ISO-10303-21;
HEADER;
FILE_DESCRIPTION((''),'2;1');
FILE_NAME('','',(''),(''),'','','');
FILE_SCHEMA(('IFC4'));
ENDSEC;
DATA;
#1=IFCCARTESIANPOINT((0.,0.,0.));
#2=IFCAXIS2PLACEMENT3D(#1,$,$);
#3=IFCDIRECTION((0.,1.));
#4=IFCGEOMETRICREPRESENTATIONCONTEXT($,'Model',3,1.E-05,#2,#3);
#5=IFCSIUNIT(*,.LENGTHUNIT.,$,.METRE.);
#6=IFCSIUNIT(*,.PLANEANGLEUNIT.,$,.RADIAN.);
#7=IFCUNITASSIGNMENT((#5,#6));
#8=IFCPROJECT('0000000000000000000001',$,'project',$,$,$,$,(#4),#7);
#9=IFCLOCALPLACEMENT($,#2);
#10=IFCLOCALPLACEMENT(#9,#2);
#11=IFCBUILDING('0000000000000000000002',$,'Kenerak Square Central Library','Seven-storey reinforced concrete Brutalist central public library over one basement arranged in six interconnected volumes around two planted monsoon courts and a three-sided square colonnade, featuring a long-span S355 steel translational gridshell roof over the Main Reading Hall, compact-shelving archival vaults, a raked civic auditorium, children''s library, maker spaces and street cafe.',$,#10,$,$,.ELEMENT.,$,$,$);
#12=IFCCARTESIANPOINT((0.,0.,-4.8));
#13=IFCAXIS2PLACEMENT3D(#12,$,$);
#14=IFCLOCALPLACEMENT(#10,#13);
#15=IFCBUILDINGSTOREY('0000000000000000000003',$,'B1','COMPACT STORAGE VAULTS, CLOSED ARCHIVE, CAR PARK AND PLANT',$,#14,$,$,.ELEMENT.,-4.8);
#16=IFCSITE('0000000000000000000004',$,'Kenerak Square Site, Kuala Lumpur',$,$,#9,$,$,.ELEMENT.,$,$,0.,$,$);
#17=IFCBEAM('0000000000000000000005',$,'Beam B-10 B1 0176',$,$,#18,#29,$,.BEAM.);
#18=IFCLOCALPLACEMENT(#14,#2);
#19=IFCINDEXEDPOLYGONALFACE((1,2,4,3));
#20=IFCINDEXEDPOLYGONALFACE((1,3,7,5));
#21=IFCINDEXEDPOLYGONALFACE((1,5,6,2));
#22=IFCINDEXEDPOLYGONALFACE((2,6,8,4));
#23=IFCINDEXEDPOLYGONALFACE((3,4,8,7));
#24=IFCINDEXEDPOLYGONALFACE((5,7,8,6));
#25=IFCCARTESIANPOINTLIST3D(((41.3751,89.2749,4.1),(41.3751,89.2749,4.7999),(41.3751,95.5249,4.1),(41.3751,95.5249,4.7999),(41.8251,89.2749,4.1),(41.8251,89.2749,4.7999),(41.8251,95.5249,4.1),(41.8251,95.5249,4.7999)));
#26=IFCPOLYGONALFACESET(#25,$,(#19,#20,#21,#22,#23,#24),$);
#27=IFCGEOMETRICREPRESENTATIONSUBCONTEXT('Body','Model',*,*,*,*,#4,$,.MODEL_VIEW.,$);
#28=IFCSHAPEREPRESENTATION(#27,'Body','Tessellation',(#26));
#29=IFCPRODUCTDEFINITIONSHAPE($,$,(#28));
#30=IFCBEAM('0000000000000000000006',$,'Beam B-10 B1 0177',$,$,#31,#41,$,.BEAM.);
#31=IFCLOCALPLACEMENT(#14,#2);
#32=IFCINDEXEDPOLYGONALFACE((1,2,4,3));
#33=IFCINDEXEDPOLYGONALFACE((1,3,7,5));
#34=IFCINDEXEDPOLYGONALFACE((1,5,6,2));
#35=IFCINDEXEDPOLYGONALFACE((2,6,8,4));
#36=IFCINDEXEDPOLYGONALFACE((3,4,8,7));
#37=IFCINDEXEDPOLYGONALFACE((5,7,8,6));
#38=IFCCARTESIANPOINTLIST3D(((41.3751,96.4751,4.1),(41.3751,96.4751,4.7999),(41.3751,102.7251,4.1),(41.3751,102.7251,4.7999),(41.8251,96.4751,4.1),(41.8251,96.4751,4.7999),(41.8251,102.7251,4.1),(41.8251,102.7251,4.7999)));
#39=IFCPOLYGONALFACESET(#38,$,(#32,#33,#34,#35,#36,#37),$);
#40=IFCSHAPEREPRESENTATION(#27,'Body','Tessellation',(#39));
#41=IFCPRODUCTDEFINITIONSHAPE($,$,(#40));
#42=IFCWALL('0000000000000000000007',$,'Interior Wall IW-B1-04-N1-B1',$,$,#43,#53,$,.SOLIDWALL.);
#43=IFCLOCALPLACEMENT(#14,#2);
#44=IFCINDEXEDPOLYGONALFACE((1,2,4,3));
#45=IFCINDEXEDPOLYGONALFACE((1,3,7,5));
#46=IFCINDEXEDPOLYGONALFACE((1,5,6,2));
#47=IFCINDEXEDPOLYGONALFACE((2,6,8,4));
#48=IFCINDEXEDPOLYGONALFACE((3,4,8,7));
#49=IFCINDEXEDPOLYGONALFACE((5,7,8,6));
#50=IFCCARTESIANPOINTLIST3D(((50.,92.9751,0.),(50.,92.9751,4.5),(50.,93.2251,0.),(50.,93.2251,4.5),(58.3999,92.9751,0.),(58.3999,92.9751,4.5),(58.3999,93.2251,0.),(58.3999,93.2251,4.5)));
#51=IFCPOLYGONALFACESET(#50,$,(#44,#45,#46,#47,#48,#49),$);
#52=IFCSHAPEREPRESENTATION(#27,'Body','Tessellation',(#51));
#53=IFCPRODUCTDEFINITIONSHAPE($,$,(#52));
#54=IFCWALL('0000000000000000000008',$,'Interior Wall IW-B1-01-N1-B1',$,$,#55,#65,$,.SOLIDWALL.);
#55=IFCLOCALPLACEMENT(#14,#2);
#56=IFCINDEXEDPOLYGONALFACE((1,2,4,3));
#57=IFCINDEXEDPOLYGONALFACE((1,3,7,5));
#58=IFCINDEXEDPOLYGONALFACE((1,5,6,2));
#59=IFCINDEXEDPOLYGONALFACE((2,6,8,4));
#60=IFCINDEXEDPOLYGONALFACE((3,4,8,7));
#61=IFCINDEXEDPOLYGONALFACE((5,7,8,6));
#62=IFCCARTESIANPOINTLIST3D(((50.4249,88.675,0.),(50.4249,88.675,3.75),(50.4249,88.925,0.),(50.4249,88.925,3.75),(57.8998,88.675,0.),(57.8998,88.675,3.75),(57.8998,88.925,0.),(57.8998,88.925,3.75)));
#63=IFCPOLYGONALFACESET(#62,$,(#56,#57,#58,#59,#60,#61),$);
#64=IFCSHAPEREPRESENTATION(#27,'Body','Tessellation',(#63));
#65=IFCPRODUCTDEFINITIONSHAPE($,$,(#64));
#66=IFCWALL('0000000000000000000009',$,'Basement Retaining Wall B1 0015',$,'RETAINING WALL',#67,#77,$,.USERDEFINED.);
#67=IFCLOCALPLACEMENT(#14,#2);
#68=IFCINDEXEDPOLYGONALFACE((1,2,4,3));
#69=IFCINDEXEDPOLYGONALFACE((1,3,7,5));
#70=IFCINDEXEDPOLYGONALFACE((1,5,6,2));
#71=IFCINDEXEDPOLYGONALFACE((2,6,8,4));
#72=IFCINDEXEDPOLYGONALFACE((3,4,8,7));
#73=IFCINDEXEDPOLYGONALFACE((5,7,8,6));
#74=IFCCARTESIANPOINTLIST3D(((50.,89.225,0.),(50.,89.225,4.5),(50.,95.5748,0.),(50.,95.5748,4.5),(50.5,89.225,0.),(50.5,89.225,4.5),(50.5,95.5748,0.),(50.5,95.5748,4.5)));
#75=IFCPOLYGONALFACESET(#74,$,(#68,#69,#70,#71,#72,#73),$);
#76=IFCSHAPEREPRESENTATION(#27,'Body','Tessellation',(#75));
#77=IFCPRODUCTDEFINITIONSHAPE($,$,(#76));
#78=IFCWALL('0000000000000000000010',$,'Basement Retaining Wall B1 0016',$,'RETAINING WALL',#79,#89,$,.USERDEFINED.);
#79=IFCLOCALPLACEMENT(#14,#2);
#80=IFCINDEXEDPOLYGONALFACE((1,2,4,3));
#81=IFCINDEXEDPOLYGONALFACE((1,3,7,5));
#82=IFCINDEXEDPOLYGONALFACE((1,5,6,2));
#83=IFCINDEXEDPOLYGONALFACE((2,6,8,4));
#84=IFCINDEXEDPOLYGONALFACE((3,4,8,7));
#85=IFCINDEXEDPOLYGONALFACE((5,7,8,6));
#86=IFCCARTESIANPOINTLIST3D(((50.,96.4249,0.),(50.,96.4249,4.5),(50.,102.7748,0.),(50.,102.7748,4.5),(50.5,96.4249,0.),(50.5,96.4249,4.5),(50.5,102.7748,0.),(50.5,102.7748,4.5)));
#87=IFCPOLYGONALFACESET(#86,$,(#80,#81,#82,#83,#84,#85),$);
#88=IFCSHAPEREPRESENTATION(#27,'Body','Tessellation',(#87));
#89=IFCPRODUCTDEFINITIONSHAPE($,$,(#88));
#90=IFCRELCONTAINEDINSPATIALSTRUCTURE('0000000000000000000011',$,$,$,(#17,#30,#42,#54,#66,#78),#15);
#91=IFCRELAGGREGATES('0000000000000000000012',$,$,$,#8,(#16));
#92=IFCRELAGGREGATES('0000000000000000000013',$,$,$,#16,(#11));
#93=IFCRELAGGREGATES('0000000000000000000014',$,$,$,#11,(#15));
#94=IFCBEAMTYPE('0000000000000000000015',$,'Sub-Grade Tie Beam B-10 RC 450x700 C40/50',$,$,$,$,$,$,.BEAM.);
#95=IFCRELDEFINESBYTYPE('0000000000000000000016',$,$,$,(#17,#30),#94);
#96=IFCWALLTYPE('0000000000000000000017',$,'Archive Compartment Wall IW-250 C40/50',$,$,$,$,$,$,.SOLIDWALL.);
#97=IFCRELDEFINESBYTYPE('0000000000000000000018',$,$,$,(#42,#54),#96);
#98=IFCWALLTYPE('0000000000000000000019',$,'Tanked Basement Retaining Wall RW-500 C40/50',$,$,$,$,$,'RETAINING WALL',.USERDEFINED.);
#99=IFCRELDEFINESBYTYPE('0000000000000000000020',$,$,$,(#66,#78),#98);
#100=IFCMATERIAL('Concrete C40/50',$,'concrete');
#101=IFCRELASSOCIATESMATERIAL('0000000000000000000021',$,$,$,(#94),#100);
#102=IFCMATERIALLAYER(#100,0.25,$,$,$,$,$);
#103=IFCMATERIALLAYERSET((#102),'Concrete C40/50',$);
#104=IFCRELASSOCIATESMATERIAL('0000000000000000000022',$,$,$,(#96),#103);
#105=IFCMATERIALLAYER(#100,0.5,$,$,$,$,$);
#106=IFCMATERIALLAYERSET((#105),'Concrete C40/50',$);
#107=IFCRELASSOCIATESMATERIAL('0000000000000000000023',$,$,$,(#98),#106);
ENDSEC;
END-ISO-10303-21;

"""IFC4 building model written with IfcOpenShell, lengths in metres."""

from ifc_helpers import new_model, si_unit, direction, frame, frame_2d, origin, origin_2d, place, context, subcontext, project, spatial, rectangle, extrude, material, layer, layer_set, material_profile, profile_set, type_object, element, save


model = new_model("IFC4")

# Units and contexts
model_context = context("Model", 3, precision=1e-05, world=origin(), true_north=direction((0.0, 1.0)))
body_context = subcontext(model_context, "Body", "Model", "MODEL_VIEW")
ifc_project = project(units=[si_unit("LENGTHUNIT", "METRE"), si_unit("PLANEANGLEUNIT", "RADIAN")], contexts=[model_context])

# Site, building, storey
site_placement = place(None, origin())
site = spatial("IfcSite", under=ifc_project, at=site_placement, Name="Kenerak Square Site, Kuala Lumpur", CompositionType="ELEMENT", RefElevation=0.0)
building_placement = place(site_placement, origin())
building = spatial("IfcBuilding", under=site, at=building_placement, Name="Kenerak Square Central Library", Description="Seven-storey reinforced concrete Brutalist central public library over one basement arranged in six interconnected volumes around two planted monsoon courts and a three-sided square colonnade, featuring a long-span S355 steel translational gridshell roof over the Main Reading Hall, compact-shelving archival vaults, a raked civic auditorium, children's library, maker spaces and street cafe.", CompositionType="ELEMENT")
storey_placement = place(building_placement, frame((0.0, 0.0, -4.8)))
storey = spatial("IfcBuildingStorey", under=building, at=storey_placement, Name="B1", Description="COMPACT STORAGE VAULTS, CLOSED ARCHIVE, CAR PARK AND PLANT", CompositionType="ELEMENT", Elevation=-4.8)

# Shared definitions
ifc_material_1 = material(Name="Concrete C40/50", Category="concrete")

# Beams
ifc_material_profile_1 = material_profile(ifc_material_1, rectangle(XDim=0.45, YDim=0.7, at=origin_2d()), Name="RC 450x700")
ifc_profile_set_1 = profile_set([ifc_material_profile_1], Name="Concrete C40/50")
beam_type_1 = type_object("IfcBeamType", Name="Sub-Grade Tie Beam B-10 RC 450x700 C40/50", PredefinedType="BEAM", material=ifc_profile_set_1)
for number, where, z_axis, x_axis, name in (
    (1, (41.6001, 89.2749, 4.45), (0.0, 1.0, 0.0), (-1.0, 0.0, 0.0), "Beam B-10 B1 0176"),
    (2, (41.6001, 96.4751, 4.45), (0.0, 1.0, 0.0), (-1.0, 0.0, 0.0), "Beam B-10 B1 0177"),
):
    element("IfcBeam", number, at=place(storey_placement, frame(where, z_axis=z_axis, x_axis=x_axis)), inside=storey, type_object=beam_type_1, Name=name, PredefinedType="BEAM", context=body_context, shape_type="SweptSolid", body=[
        extrude(rectangle(XDim=0.45, YDim=0.7, at=origin_2d()), origin(), (0.0, 0.0, 1.0), 6.25),
    ])

# Walls
ifc_layer_1 = layer(ifc_material_1, 0.25)
ifc_layer_set_1 = layer_set([ifc_layer_1], Name="Concrete C40/50")
wall_type_1 = type_object("IfcWallType", Name="Archive Compartment Wall IW-250 C40/50", PredefinedType="SOLIDWALL", material=ifc_layer_set_1)
wall_1_placement = place(storey_placement, frame((50.0, 93.1001, 0.0), z_axis=(0.0, 0.0, 1.0), x_axis=(1.0, 0.0, 0.0)))
element("IfcWall", 3, at=wall_1_placement, inside=storey, type_object=wall_type_1, Name="Interior Wall IW-B1-04-N1-B1", PredefinedType="SOLIDWALL", context=body_context, shape_type="SweptSolid", body=[
    extrude(rectangle(XDim=8.3999, YDim=0.25, at=frame_2d((4.2, 0.0))), origin(), (0.0, 0.0, 1.0), 4.5),
])
wall_2_placement = place(storey_placement, frame((50.425, 88.8, 0.0), z_axis=(0.0, 0.0, 1.0), x_axis=(1.0, 0.0, 0.0)))
element("IfcWall", 4, at=wall_2_placement, inside=storey, type_object=wall_type_1, Name="Interior Wall IW-B1-01-N1-B1", PredefinedType="SOLIDWALL", context=body_context, shape_type="SweptSolid", body=[
    extrude(rectangle(XDim=7.4749, YDim=0.25, at=frame_2d((3.7373, 0.0))), origin(), (0.0, 0.0, 1.0), 3.75),
])
ifc_layer_2 = layer(ifc_material_1, 0.5)
ifc_layer_set_2 = layer_set([ifc_layer_2], Name="Concrete C40/50")
wall_type_2 = type_object("IfcWallType", Name="Tanked Basement Retaining Wall RW-500 C40/50", ElementType="RETAINING WALL", PredefinedType="USERDEFINED", material=ifc_layer_set_2)
for number, where, z_axis, x_axis, name in (
    (5, (50.25, 89.2251, 0.0), (0.0, 0.0, 1.0), (0.0, 1.0, 0.0), "Basement Retaining Wall B1 0015"),
    (6, (50.25, 96.425, 0.0), (0.0, 0.0, 1.0), (0.0, 1.0, 0.0), "Basement Retaining Wall B1 0016"),
):
    element("IfcWall", number, at=place(storey_placement, frame(where, z_axis=z_axis, x_axis=x_axis)), inside=storey, type_object=wall_type_2, Name=name, ObjectType="RETAINING WALL", PredefinedType="USERDEFINED", context=body_context, shape_type="SweptSolid", body=[
        extrude(rectangle(XDim=6.3499, YDim=0.5, at=frame_2d((3.1748, 0.0))), origin(), (0.0, 0.0, 1.0), 4.5),
    ])

save(model, "model.ifc")
